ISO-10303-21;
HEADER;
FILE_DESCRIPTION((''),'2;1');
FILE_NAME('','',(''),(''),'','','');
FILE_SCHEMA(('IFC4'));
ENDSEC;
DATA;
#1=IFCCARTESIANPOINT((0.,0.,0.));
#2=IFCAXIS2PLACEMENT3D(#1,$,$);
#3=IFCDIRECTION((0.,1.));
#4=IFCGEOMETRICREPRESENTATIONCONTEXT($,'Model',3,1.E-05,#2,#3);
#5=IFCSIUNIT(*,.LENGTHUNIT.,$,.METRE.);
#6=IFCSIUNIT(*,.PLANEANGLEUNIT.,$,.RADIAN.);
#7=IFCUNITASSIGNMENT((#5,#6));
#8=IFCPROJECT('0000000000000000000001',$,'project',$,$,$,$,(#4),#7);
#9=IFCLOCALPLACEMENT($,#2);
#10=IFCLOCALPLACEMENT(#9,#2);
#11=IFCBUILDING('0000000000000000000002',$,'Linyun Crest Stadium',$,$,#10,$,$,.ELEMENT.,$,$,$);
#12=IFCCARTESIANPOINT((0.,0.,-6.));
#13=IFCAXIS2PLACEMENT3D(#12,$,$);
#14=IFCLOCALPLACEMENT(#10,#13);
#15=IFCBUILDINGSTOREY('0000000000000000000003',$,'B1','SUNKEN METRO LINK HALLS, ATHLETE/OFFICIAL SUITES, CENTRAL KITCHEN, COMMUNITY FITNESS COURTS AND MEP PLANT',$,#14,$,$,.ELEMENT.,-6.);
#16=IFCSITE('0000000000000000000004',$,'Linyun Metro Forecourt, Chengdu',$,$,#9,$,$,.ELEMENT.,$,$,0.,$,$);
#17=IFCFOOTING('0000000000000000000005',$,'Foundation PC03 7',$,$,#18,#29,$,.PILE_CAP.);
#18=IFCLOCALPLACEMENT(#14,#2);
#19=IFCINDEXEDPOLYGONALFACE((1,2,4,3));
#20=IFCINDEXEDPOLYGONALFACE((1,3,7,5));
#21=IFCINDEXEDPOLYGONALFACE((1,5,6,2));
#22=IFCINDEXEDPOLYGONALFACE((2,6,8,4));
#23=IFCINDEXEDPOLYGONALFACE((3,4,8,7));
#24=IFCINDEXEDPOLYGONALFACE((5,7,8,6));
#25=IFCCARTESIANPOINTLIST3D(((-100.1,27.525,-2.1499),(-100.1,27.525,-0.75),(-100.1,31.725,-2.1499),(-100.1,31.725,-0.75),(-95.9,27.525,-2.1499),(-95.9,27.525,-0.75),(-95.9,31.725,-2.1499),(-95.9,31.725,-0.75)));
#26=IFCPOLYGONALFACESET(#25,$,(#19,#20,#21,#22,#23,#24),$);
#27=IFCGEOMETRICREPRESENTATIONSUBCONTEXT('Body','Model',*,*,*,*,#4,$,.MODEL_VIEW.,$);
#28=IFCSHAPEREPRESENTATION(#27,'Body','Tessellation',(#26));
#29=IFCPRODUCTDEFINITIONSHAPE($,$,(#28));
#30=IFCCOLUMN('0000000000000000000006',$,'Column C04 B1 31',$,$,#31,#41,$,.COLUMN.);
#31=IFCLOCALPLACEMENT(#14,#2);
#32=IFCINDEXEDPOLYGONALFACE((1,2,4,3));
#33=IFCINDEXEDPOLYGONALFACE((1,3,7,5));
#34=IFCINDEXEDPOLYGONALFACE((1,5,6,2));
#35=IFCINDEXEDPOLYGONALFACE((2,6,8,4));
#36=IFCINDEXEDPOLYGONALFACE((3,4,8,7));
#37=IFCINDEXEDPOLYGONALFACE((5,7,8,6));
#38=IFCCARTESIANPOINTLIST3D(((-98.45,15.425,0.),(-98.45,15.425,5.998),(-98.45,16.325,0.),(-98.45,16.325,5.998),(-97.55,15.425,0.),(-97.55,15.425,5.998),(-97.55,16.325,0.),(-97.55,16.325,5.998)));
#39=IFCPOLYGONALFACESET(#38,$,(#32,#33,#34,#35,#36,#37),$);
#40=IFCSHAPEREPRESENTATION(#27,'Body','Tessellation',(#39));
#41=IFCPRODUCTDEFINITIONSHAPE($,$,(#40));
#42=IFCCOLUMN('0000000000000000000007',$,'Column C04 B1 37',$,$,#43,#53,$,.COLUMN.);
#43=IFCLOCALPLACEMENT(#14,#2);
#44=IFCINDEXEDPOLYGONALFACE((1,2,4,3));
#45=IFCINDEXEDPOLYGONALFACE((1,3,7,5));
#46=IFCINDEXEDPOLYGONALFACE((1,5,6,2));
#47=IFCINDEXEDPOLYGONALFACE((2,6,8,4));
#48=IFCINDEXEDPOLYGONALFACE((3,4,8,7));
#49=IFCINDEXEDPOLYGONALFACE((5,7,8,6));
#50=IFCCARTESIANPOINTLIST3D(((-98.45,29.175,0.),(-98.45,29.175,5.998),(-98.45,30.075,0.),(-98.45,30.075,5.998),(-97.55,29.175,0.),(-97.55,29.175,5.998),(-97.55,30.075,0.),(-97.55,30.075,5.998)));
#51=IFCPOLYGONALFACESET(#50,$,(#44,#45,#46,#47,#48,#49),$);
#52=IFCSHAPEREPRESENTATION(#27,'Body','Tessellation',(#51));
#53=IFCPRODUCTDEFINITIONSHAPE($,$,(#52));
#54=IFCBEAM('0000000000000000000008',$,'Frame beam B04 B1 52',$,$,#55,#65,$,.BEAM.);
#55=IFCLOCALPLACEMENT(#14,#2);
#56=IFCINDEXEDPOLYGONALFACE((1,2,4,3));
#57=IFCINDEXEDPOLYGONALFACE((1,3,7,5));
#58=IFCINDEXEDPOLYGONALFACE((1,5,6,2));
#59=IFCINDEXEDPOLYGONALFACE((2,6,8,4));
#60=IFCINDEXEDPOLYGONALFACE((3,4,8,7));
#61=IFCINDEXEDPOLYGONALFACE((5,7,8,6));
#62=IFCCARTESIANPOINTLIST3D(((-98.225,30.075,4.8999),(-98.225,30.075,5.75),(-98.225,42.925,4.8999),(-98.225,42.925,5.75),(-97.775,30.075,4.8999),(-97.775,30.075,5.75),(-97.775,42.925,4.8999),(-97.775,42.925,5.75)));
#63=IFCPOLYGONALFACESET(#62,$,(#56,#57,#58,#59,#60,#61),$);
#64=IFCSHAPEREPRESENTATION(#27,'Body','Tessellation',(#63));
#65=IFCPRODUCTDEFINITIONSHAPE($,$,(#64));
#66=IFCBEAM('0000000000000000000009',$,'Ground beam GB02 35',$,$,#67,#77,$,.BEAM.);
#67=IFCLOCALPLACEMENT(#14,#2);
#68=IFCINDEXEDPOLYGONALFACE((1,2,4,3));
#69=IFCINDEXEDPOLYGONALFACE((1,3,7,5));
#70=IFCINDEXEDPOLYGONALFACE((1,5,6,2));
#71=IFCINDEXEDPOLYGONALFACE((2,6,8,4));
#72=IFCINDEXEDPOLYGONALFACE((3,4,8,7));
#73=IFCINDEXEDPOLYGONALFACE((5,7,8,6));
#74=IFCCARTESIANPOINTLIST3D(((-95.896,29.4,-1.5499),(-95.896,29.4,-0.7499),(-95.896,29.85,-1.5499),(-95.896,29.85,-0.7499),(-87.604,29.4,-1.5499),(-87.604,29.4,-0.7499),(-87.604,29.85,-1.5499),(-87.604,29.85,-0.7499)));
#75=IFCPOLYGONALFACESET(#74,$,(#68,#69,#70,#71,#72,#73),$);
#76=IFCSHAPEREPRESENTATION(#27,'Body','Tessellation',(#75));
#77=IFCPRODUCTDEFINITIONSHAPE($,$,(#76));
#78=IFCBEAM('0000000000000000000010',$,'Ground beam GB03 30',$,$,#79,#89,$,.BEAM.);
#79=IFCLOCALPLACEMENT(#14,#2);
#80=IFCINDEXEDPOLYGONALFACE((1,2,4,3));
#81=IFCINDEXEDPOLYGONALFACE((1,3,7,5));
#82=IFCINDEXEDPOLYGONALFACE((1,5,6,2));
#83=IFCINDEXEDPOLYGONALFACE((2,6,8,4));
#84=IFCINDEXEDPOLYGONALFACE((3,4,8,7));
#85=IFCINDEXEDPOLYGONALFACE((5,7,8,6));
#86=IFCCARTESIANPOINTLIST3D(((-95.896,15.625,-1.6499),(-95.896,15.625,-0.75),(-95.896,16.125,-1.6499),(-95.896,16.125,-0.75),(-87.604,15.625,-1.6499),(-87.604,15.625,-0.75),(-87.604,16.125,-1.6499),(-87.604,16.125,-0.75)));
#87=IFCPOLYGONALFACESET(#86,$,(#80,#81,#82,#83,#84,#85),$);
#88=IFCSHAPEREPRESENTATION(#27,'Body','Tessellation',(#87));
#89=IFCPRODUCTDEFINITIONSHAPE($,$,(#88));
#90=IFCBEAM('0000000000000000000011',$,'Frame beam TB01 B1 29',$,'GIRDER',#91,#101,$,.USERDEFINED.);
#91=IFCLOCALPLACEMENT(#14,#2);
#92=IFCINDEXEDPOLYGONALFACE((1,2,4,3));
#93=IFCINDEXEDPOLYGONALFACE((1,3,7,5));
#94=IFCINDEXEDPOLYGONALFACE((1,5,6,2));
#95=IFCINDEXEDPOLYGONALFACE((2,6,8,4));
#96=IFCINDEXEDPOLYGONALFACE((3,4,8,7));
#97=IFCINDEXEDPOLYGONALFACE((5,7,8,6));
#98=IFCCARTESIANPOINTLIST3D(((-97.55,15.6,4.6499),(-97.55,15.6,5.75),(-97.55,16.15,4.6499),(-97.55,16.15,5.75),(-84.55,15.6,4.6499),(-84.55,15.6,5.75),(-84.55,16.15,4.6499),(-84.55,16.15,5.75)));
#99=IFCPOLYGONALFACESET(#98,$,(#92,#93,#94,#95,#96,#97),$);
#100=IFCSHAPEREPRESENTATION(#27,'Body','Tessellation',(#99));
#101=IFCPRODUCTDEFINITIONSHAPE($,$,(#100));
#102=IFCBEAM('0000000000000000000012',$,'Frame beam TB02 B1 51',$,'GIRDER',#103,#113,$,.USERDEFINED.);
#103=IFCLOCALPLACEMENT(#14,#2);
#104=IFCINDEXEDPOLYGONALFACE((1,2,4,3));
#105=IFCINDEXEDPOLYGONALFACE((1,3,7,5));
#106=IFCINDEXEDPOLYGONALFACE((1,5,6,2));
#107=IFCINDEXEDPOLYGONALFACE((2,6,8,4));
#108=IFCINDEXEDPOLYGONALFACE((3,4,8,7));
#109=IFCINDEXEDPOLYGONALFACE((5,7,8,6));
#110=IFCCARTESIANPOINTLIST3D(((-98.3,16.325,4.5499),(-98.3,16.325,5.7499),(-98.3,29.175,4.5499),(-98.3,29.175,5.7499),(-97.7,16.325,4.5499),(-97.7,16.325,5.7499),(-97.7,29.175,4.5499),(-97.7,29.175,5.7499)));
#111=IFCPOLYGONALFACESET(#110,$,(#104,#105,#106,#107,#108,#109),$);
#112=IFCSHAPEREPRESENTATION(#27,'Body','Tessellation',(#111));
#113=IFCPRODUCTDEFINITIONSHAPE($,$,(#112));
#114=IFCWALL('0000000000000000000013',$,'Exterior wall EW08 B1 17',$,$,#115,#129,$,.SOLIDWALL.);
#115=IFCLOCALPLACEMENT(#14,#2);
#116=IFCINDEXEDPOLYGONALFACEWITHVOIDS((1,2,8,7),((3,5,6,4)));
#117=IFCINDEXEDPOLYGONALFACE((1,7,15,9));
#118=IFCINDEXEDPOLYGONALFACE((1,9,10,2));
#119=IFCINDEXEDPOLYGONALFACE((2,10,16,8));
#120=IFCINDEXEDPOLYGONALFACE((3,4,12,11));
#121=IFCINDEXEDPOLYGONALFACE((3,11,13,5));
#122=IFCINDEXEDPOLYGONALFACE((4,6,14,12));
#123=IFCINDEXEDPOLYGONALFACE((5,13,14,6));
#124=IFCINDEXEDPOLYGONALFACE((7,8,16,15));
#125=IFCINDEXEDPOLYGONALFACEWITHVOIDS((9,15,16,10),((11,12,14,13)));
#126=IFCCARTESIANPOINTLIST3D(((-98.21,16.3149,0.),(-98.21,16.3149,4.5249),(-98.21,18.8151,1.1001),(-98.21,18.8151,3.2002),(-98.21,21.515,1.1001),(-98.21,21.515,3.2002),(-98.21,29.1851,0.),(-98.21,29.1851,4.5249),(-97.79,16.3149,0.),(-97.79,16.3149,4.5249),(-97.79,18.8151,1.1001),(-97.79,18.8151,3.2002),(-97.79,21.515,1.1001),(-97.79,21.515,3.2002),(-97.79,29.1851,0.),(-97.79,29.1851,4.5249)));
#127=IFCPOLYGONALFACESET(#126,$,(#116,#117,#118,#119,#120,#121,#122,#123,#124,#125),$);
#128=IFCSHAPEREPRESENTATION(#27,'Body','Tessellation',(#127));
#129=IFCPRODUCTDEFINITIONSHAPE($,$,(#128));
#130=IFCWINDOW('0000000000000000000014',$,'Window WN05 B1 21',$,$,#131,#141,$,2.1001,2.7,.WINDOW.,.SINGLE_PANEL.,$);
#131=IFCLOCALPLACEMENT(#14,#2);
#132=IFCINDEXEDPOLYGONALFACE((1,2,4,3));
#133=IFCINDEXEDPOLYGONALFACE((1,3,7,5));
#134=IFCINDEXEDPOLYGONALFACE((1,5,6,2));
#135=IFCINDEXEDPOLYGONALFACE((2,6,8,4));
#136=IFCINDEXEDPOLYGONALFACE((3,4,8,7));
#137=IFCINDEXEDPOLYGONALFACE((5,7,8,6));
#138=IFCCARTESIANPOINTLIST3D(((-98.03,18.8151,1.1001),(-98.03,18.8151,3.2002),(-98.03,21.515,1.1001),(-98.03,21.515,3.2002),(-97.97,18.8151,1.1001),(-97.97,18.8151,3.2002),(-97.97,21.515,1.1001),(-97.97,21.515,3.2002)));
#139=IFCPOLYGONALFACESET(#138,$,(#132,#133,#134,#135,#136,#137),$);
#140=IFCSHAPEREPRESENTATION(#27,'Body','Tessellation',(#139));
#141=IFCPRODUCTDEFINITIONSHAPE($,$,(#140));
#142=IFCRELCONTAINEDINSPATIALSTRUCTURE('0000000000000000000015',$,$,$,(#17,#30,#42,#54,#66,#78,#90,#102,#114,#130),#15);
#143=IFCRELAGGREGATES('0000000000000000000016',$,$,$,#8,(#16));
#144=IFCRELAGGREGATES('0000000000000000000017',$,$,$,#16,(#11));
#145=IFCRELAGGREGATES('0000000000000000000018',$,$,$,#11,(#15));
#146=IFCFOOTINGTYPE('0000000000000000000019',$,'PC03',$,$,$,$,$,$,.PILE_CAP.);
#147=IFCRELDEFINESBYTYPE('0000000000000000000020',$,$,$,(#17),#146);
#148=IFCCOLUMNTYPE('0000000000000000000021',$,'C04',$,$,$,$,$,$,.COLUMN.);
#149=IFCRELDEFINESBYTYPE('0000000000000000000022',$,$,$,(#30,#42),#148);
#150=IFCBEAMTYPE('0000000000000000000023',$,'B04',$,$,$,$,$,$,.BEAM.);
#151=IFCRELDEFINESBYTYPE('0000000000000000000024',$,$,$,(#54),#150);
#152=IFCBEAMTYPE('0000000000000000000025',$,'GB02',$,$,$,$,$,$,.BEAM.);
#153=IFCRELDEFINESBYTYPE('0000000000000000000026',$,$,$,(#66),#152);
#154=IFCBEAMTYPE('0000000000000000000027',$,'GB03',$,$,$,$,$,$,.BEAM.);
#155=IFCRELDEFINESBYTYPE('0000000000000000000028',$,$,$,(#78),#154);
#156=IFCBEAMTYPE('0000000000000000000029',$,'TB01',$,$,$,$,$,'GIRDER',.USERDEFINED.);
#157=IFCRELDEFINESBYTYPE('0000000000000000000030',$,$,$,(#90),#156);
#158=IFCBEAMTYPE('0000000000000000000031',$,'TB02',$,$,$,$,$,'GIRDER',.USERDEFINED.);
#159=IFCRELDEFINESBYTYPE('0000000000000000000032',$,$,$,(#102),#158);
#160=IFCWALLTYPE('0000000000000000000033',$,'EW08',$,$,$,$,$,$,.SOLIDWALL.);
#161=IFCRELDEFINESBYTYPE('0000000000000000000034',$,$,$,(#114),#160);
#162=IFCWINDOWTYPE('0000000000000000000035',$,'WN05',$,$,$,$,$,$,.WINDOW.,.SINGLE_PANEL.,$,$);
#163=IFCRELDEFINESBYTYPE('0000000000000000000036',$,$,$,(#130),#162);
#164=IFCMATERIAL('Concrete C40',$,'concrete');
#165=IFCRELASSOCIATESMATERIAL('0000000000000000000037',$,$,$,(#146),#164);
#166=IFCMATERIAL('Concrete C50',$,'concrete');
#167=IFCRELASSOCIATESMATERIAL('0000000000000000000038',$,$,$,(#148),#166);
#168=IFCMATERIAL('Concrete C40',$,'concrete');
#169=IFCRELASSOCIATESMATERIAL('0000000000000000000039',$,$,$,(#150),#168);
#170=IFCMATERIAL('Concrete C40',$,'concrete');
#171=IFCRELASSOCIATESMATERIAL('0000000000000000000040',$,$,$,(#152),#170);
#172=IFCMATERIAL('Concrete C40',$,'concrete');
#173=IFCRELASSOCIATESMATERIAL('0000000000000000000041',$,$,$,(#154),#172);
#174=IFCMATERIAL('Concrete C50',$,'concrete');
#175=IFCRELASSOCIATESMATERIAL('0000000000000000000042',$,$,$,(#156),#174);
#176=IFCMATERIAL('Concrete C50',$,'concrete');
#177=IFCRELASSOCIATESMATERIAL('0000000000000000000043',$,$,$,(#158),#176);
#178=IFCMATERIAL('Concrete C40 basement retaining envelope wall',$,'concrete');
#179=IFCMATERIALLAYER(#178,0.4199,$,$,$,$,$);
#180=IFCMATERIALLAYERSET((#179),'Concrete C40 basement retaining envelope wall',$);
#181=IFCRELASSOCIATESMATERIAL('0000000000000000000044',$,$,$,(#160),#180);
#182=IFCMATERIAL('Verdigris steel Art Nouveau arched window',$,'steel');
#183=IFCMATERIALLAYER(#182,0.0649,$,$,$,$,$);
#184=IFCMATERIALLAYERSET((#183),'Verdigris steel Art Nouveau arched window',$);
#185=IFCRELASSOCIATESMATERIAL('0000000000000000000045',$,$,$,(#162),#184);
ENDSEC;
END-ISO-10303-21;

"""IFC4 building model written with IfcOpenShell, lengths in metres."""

from ifc_helpers import new_model, si_unit, direction, frame, frame_2d, origin, origin_2d, place, context, subcontext, project, spatial, rectangle, extrude, material, layer, layer_set, material_profile, profile_set, type_object, element, fill, save


model = new_model("IFC4")

# Units and contexts
model_context = context("Model", 3, precision=1e-05, world=origin(), true_north=direction((0.0, 1.0)))
body_context = subcontext(model_context, "Body", "Model", "MODEL_VIEW")
ifc_project = project(units=[si_unit("LENGTHUNIT", "METRE"), si_unit("PLANEANGLEUNIT", "RADIAN")], contexts=[model_context])

# Site, building, storey
site_placement = place(None, origin())
site = spatial("IfcSite", under=ifc_project, at=site_placement, Name="Linyun Metro Forecourt, Chengdu", CompositionType="ELEMENT", RefElevation=0.0)
building_placement = place(site_placement, origin())
building = spatial("IfcBuilding", under=site, at=building_placement, Name="Linyun Crest Stadium", CompositionType="ELEMENT")
storey_placement = place(building_placement, frame((0.0, 0.0, -6.0)))
storey = spatial("IfcBuildingStorey", under=building, at=storey_placement, Name="B1", Description="SUNKEN METRO LINK HALLS, ATHLETE/OFFICIAL SUITES, CENTRAL KITCHEN, COMMUNITY FITNESS COURTS AND MEP PLANT", CompositionType="ELEMENT", Elevation=-6.0)

# Footing
ifc_material_1 = material(Name="Concrete C40", Category="concrete")
footing_type = type_object("IfcFootingType", Name="PC03", PredefinedType="PILE_CAP", material=ifc_material_1)
for number, where, z_axis, x_axis, name in (
    (1, (-98.0, 29.625, -2.1499), (0.0, 0.0, 1.0), (1.0, 0.0, 0.0), "Foundation PC03 7"),
):
    element("IfcFooting", number, at=place(storey_placement, frame(where, z_axis=z_axis, x_axis=x_axis)), inside=storey, type_object=footing_type, Name=name, PredefinedType="PILE_CAP", context=body_context, shape_type="SweptSolid", body=[
        extrude(rectangle(XDim=4.2, YDim=4.2, at=origin_2d()), origin(), (0.0, 0.0, 1.0), 1.3999),
    ])

# Columns
ifc_material_2 = material(Name="Concrete C50", Category="concrete")
ifc_material_profile_1 = material_profile(ifc_material_2, rectangle(XDim=0.8999, YDim=0.8999, at=origin_2d()), Name="RC 900x900")
ifc_profile_set_1 = profile_set([ifc_material_profile_1], Name="Concrete C50")
column_type = type_object("IfcColumnType", Name="C04", PredefinedType="COLUMN", material=ifc_profile_set_1)
for number, where, z_axis, x_axis, name in (
    (2, (-98.0, 15.875, 0.0), (0.0, 0.0, 1.0), (1.0, 0.0, 0.0), "Column C04 B1 31"),
    (3, (-98.0, 29.625, 0.0), (0.0, 0.0, 1.0), (1.0, 0.0, 0.0), "Column C04 B1 37"),
):
    element("IfcColumn", number, at=place(storey_placement, frame(where, z_axis=z_axis, x_axis=x_axis)), inside=storey, type_object=column_type, Name=name, PredefinedType="COLUMN", context=body_context, shape_type="SweptSolid", body=[
        extrude(rectangle(XDim=0.8999, YDim=0.8999, at=origin_2d()), origin(), (0.0, 0.0, 1.0), 5.998),
    ])

# Beams
ifc_material_3 = material(Name="Concrete C40", Category="concrete")
ifc_material_profile_2 = material_profile(ifc_material_3, rectangle(XDim=0.45, YDim=0.8501, at=origin_2d()), Name="RCB 850x450")
ifc_profile_set_2 = profile_set([ifc_material_profile_2], Name="Concrete C40")
beam_type_1 = type_object("IfcBeamType", Name="B04", PredefinedType="BEAM", material=ifc_profile_set_2)
beam_1_placement = place(storey_placement, frame((-98.0, 30.075, 5.325), z_axis=(0.0, 1.0, 0.0), x_axis=(-1.0, 0.0, 0.0)))
element("IfcBeam", 4, at=beam_1_placement, inside=storey, type_object=beam_type_1, Name="Frame beam B04 B1 52", PredefinedType="BEAM", context=body_context, shape_type="SweptSolid", body=[
    extrude(rectangle(XDim=0.45, YDim=0.8501, at=origin_2d()), origin(), (0.0, 0.0, 1.0), 12.8501),
])
ifc_material_4 = material(Name="Concrete C40", Category="concrete")
ifc_material_profile_3 = material_profile(ifc_material_4, rectangle(XDim=0.45, YDim=0.8, at=origin_2d()), Name="RCB 800x450")
ifc_profile_set_3 = profile_set([ifc_material_profile_3], Name="Concrete C40")
beam_type_2 = type_object("IfcBeamType", Name="GB02", PredefinedType="BEAM", material=ifc_profile_set_3)
beam_2_placement = place(storey_placement, frame((-95.896, 29.625, -1.1499), z_axis=(1.0, 0.0, 0.0), x_axis=(0.0, 1.0, 0.0)))
element("IfcBeam", 5, at=beam_2_placement, inside=storey, type_object=beam_type_2, Name="Ground beam GB02 35", PredefinedType="BEAM", context=body_context, shape_type="SweptSolid", body=[
    extrude(rectangle(XDim=0.45, YDim=0.8, at=origin_2d()), origin(), (0.0, 0.0, 1.0), 8.292),
])
ifc_material_5 = material(Name="Concrete C40", Category="concrete")
ifc_material_profile_4 = material_profile(ifc_material_5, rectangle(XDim=0.5, YDim=0.8999, at=origin_2d()), Name="RCB 900x500")
ifc_profile_set_4 = profile_set([ifc_material_profile_4], Name="Concrete C40")
beam_type_3 = type_object("IfcBeamType", Name="GB03", PredefinedType="BEAM", material=ifc_profile_set_4)
beam_3_placement = place(storey_placement, frame((-95.896, 15.875, -1.2), z_axis=(1.0, 0.0, 0.0), x_axis=(0.0, 1.0, 0.0)))
element("IfcBeam", 6, at=beam_3_placement, inside=storey, type_object=beam_type_3, Name="Ground beam GB03 30", PredefinedType="BEAM", context=body_context, shape_type="SweptSolid", body=[
    extrude(rectangle(XDim=0.5, YDim=0.8999, at=origin_2d()), origin(), (0.0, 0.0, 1.0), 8.292),
])
ifc_material_6 = material(Name="Concrete C50", Category="concrete")
ifc_material_profile_5 = material_profile(ifc_material_6, rectangle(XDim=0.55, YDim=1.1001, at=origin_2d()), Name="RCB 1100x550")
ifc_profile_set_5 = profile_set([ifc_material_profile_5], Name="Concrete C50")
beam_type_4 = type_object("IfcBeamType", Name="TB01", ElementType="GIRDER", PredefinedType="USERDEFINED", material=ifc_profile_set_5)
beam_4_placement = place(storey_placement, frame((-97.55, 15.875, 5.2), z_axis=(1.0, 0.0, 0.0), x_axis=(0.0, 1.0, 0.0)))
element("IfcBeam", 7, at=beam_4_placement, inside=storey, type_object=beam_type_4, Name="Frame beam TB01 B1 29", ObjectType="GIRDER", PredefinedType="USERDEFINED", context=body_context, shape_type="SweptSolid", body=[
    extrude(rectangle(XDim=0.55, YDim=1.1001, at=origin_2d()), origin(), (0.0, 0.0, 1.0), 13.0),
])
ifc_material_7 = material(Name="Concrete C50", Category="concrete")
ifc_material_profile_6 = material_profile(ifc_material_7, rectangle(XDim=0.6001, YDim=1.2, at=origin_2d()), Name="RCB 1200x600")
ifc_profile_set_6 = profile_set([ifc_material_profile_6], Name="Concrete C50")
beam_type_5 = type_object("IfcBeamType", Name="TB02", ElementType="GIRDER", PredefinedType="USERDEFINED", material=ifc_profile_set_6)
beam_5_placement = place(storey_placement, frame((-98.0, 16.325, 5.1499), z_axis=(0.0, 1.0, 0.0), x_axis=(-1.0, 0.0, 0.0)))
element("IfcBeam", 8, at=beam_5_placement, inside=storey, type_object=beam_type_5, Name="Frame beam TB02 B1 51", ObjectType="GIRDER", PredefinedType="USERDEFINED", context=body_context, shape_type="SweptSolid", body=[
    extrude(rectangle(XDim=0.6001, YDim=1.2, at=origin_2d()), origin(), (0.0, 0.0, 1.0), 12.8501),
])

# Wall, opening, window
ifc_material_8 = material(Name="Concrete C40 basement retaining envelope wall", Category="concrete")
ifc_layer_1 = layer(ifc_material_8, 0.4199)
ifc_layer_set_1 = layer_set([ifc_layer_1], Name="Concrete C40 basement retaining envelope wall")
wall_type_1 = type_object("IfcWallType", Name="EW08", PredefinedType="SOLIDWALL", material=ifc_layer_set_1)
wall_1_placement = place(storey_placement, frame((-98.0, 16.3149, 0.0), z_axis=(0.0, 0.0, 1.0), x_axis=(0.0, 1.0, 0.0)))
wall_1 = element("IfcWall", 9, at=wall_1_placement, inside=storey, type_object=wall_type_1, Name="Exterior wall EW08 B1 17", PredefinedType="SOLIDWALL", context=body_context, shape_type="SweptSolid", body=[
    extrude(rectangle(XDim=12.8701, YDim=0.4199, at=frame_2d((6.4351, 0.0))), origin(), (0.0, 0.0, 1.0), 4.5249),
])
opening_1_placement = place(wall_1_placement, frame((2.5, 0.0, 1.1001)))
opening_1 = element("IfcOpeningElement", 10, at=opening_1_placement, cuts=wall_1, PredefinedType="OPENING", context=body_context, shape_type="SweptSolid", body=[
    extrude(rectangle(XDim=2.7, YDim=2.1001, at=frame_2d((1.3501, 1.05))), frame((0.0, 0.22, 0.0), z_axis=(0.0, -1.0, 0.0), x_axis=(1.0, 0.0, 0.0)), (0.0, 0.0, 1.0), 0.4399),
])
ifc_material_9 = material(Name="Verdigris steel Art Nouveau arched window", Category="steel")
ifc_layer_2 = layer(ifc_material_9, 0.0649)
ifc_layer_set_2 = layer_set([ifc_layer_2], Name="Verdigris steel Art Nouveau arched window")
window_type_1 = type_object("IfcWindowType", Name="WN05", PartitioningType="SINGLE_PANEL", PredefinedType="WINDOW", material=ifc_layer_set_2)
window_1_placement = place(opening_1_placement, origin())
window_1 = element("IfcWindow", 11, at=window_1_placement, inside=storey, type_object=window_type_1, Name="Window WN05 B1 21", OverallHeight=2.1001, OverallWidth=2.7, PartitioningType="SINGLE_PANEL", PredefinedType="WINDOW", context=body_context, shape_type="SweptSolid", body=[
    extrude(rectangle(XDim=2.7, YDim=2.1001, at=frame_2d((1.3501, 1.05))), frame((0.0, 0.03, 0.0), z_axis=(0.0, -1.0, 0.0), x_axis=(1.0, 0.0, 0.0)), (0.0, 0.0, 1.0), 0.0601),
])
fill(opening_1, window_1)

save(model, "model.ifc")
